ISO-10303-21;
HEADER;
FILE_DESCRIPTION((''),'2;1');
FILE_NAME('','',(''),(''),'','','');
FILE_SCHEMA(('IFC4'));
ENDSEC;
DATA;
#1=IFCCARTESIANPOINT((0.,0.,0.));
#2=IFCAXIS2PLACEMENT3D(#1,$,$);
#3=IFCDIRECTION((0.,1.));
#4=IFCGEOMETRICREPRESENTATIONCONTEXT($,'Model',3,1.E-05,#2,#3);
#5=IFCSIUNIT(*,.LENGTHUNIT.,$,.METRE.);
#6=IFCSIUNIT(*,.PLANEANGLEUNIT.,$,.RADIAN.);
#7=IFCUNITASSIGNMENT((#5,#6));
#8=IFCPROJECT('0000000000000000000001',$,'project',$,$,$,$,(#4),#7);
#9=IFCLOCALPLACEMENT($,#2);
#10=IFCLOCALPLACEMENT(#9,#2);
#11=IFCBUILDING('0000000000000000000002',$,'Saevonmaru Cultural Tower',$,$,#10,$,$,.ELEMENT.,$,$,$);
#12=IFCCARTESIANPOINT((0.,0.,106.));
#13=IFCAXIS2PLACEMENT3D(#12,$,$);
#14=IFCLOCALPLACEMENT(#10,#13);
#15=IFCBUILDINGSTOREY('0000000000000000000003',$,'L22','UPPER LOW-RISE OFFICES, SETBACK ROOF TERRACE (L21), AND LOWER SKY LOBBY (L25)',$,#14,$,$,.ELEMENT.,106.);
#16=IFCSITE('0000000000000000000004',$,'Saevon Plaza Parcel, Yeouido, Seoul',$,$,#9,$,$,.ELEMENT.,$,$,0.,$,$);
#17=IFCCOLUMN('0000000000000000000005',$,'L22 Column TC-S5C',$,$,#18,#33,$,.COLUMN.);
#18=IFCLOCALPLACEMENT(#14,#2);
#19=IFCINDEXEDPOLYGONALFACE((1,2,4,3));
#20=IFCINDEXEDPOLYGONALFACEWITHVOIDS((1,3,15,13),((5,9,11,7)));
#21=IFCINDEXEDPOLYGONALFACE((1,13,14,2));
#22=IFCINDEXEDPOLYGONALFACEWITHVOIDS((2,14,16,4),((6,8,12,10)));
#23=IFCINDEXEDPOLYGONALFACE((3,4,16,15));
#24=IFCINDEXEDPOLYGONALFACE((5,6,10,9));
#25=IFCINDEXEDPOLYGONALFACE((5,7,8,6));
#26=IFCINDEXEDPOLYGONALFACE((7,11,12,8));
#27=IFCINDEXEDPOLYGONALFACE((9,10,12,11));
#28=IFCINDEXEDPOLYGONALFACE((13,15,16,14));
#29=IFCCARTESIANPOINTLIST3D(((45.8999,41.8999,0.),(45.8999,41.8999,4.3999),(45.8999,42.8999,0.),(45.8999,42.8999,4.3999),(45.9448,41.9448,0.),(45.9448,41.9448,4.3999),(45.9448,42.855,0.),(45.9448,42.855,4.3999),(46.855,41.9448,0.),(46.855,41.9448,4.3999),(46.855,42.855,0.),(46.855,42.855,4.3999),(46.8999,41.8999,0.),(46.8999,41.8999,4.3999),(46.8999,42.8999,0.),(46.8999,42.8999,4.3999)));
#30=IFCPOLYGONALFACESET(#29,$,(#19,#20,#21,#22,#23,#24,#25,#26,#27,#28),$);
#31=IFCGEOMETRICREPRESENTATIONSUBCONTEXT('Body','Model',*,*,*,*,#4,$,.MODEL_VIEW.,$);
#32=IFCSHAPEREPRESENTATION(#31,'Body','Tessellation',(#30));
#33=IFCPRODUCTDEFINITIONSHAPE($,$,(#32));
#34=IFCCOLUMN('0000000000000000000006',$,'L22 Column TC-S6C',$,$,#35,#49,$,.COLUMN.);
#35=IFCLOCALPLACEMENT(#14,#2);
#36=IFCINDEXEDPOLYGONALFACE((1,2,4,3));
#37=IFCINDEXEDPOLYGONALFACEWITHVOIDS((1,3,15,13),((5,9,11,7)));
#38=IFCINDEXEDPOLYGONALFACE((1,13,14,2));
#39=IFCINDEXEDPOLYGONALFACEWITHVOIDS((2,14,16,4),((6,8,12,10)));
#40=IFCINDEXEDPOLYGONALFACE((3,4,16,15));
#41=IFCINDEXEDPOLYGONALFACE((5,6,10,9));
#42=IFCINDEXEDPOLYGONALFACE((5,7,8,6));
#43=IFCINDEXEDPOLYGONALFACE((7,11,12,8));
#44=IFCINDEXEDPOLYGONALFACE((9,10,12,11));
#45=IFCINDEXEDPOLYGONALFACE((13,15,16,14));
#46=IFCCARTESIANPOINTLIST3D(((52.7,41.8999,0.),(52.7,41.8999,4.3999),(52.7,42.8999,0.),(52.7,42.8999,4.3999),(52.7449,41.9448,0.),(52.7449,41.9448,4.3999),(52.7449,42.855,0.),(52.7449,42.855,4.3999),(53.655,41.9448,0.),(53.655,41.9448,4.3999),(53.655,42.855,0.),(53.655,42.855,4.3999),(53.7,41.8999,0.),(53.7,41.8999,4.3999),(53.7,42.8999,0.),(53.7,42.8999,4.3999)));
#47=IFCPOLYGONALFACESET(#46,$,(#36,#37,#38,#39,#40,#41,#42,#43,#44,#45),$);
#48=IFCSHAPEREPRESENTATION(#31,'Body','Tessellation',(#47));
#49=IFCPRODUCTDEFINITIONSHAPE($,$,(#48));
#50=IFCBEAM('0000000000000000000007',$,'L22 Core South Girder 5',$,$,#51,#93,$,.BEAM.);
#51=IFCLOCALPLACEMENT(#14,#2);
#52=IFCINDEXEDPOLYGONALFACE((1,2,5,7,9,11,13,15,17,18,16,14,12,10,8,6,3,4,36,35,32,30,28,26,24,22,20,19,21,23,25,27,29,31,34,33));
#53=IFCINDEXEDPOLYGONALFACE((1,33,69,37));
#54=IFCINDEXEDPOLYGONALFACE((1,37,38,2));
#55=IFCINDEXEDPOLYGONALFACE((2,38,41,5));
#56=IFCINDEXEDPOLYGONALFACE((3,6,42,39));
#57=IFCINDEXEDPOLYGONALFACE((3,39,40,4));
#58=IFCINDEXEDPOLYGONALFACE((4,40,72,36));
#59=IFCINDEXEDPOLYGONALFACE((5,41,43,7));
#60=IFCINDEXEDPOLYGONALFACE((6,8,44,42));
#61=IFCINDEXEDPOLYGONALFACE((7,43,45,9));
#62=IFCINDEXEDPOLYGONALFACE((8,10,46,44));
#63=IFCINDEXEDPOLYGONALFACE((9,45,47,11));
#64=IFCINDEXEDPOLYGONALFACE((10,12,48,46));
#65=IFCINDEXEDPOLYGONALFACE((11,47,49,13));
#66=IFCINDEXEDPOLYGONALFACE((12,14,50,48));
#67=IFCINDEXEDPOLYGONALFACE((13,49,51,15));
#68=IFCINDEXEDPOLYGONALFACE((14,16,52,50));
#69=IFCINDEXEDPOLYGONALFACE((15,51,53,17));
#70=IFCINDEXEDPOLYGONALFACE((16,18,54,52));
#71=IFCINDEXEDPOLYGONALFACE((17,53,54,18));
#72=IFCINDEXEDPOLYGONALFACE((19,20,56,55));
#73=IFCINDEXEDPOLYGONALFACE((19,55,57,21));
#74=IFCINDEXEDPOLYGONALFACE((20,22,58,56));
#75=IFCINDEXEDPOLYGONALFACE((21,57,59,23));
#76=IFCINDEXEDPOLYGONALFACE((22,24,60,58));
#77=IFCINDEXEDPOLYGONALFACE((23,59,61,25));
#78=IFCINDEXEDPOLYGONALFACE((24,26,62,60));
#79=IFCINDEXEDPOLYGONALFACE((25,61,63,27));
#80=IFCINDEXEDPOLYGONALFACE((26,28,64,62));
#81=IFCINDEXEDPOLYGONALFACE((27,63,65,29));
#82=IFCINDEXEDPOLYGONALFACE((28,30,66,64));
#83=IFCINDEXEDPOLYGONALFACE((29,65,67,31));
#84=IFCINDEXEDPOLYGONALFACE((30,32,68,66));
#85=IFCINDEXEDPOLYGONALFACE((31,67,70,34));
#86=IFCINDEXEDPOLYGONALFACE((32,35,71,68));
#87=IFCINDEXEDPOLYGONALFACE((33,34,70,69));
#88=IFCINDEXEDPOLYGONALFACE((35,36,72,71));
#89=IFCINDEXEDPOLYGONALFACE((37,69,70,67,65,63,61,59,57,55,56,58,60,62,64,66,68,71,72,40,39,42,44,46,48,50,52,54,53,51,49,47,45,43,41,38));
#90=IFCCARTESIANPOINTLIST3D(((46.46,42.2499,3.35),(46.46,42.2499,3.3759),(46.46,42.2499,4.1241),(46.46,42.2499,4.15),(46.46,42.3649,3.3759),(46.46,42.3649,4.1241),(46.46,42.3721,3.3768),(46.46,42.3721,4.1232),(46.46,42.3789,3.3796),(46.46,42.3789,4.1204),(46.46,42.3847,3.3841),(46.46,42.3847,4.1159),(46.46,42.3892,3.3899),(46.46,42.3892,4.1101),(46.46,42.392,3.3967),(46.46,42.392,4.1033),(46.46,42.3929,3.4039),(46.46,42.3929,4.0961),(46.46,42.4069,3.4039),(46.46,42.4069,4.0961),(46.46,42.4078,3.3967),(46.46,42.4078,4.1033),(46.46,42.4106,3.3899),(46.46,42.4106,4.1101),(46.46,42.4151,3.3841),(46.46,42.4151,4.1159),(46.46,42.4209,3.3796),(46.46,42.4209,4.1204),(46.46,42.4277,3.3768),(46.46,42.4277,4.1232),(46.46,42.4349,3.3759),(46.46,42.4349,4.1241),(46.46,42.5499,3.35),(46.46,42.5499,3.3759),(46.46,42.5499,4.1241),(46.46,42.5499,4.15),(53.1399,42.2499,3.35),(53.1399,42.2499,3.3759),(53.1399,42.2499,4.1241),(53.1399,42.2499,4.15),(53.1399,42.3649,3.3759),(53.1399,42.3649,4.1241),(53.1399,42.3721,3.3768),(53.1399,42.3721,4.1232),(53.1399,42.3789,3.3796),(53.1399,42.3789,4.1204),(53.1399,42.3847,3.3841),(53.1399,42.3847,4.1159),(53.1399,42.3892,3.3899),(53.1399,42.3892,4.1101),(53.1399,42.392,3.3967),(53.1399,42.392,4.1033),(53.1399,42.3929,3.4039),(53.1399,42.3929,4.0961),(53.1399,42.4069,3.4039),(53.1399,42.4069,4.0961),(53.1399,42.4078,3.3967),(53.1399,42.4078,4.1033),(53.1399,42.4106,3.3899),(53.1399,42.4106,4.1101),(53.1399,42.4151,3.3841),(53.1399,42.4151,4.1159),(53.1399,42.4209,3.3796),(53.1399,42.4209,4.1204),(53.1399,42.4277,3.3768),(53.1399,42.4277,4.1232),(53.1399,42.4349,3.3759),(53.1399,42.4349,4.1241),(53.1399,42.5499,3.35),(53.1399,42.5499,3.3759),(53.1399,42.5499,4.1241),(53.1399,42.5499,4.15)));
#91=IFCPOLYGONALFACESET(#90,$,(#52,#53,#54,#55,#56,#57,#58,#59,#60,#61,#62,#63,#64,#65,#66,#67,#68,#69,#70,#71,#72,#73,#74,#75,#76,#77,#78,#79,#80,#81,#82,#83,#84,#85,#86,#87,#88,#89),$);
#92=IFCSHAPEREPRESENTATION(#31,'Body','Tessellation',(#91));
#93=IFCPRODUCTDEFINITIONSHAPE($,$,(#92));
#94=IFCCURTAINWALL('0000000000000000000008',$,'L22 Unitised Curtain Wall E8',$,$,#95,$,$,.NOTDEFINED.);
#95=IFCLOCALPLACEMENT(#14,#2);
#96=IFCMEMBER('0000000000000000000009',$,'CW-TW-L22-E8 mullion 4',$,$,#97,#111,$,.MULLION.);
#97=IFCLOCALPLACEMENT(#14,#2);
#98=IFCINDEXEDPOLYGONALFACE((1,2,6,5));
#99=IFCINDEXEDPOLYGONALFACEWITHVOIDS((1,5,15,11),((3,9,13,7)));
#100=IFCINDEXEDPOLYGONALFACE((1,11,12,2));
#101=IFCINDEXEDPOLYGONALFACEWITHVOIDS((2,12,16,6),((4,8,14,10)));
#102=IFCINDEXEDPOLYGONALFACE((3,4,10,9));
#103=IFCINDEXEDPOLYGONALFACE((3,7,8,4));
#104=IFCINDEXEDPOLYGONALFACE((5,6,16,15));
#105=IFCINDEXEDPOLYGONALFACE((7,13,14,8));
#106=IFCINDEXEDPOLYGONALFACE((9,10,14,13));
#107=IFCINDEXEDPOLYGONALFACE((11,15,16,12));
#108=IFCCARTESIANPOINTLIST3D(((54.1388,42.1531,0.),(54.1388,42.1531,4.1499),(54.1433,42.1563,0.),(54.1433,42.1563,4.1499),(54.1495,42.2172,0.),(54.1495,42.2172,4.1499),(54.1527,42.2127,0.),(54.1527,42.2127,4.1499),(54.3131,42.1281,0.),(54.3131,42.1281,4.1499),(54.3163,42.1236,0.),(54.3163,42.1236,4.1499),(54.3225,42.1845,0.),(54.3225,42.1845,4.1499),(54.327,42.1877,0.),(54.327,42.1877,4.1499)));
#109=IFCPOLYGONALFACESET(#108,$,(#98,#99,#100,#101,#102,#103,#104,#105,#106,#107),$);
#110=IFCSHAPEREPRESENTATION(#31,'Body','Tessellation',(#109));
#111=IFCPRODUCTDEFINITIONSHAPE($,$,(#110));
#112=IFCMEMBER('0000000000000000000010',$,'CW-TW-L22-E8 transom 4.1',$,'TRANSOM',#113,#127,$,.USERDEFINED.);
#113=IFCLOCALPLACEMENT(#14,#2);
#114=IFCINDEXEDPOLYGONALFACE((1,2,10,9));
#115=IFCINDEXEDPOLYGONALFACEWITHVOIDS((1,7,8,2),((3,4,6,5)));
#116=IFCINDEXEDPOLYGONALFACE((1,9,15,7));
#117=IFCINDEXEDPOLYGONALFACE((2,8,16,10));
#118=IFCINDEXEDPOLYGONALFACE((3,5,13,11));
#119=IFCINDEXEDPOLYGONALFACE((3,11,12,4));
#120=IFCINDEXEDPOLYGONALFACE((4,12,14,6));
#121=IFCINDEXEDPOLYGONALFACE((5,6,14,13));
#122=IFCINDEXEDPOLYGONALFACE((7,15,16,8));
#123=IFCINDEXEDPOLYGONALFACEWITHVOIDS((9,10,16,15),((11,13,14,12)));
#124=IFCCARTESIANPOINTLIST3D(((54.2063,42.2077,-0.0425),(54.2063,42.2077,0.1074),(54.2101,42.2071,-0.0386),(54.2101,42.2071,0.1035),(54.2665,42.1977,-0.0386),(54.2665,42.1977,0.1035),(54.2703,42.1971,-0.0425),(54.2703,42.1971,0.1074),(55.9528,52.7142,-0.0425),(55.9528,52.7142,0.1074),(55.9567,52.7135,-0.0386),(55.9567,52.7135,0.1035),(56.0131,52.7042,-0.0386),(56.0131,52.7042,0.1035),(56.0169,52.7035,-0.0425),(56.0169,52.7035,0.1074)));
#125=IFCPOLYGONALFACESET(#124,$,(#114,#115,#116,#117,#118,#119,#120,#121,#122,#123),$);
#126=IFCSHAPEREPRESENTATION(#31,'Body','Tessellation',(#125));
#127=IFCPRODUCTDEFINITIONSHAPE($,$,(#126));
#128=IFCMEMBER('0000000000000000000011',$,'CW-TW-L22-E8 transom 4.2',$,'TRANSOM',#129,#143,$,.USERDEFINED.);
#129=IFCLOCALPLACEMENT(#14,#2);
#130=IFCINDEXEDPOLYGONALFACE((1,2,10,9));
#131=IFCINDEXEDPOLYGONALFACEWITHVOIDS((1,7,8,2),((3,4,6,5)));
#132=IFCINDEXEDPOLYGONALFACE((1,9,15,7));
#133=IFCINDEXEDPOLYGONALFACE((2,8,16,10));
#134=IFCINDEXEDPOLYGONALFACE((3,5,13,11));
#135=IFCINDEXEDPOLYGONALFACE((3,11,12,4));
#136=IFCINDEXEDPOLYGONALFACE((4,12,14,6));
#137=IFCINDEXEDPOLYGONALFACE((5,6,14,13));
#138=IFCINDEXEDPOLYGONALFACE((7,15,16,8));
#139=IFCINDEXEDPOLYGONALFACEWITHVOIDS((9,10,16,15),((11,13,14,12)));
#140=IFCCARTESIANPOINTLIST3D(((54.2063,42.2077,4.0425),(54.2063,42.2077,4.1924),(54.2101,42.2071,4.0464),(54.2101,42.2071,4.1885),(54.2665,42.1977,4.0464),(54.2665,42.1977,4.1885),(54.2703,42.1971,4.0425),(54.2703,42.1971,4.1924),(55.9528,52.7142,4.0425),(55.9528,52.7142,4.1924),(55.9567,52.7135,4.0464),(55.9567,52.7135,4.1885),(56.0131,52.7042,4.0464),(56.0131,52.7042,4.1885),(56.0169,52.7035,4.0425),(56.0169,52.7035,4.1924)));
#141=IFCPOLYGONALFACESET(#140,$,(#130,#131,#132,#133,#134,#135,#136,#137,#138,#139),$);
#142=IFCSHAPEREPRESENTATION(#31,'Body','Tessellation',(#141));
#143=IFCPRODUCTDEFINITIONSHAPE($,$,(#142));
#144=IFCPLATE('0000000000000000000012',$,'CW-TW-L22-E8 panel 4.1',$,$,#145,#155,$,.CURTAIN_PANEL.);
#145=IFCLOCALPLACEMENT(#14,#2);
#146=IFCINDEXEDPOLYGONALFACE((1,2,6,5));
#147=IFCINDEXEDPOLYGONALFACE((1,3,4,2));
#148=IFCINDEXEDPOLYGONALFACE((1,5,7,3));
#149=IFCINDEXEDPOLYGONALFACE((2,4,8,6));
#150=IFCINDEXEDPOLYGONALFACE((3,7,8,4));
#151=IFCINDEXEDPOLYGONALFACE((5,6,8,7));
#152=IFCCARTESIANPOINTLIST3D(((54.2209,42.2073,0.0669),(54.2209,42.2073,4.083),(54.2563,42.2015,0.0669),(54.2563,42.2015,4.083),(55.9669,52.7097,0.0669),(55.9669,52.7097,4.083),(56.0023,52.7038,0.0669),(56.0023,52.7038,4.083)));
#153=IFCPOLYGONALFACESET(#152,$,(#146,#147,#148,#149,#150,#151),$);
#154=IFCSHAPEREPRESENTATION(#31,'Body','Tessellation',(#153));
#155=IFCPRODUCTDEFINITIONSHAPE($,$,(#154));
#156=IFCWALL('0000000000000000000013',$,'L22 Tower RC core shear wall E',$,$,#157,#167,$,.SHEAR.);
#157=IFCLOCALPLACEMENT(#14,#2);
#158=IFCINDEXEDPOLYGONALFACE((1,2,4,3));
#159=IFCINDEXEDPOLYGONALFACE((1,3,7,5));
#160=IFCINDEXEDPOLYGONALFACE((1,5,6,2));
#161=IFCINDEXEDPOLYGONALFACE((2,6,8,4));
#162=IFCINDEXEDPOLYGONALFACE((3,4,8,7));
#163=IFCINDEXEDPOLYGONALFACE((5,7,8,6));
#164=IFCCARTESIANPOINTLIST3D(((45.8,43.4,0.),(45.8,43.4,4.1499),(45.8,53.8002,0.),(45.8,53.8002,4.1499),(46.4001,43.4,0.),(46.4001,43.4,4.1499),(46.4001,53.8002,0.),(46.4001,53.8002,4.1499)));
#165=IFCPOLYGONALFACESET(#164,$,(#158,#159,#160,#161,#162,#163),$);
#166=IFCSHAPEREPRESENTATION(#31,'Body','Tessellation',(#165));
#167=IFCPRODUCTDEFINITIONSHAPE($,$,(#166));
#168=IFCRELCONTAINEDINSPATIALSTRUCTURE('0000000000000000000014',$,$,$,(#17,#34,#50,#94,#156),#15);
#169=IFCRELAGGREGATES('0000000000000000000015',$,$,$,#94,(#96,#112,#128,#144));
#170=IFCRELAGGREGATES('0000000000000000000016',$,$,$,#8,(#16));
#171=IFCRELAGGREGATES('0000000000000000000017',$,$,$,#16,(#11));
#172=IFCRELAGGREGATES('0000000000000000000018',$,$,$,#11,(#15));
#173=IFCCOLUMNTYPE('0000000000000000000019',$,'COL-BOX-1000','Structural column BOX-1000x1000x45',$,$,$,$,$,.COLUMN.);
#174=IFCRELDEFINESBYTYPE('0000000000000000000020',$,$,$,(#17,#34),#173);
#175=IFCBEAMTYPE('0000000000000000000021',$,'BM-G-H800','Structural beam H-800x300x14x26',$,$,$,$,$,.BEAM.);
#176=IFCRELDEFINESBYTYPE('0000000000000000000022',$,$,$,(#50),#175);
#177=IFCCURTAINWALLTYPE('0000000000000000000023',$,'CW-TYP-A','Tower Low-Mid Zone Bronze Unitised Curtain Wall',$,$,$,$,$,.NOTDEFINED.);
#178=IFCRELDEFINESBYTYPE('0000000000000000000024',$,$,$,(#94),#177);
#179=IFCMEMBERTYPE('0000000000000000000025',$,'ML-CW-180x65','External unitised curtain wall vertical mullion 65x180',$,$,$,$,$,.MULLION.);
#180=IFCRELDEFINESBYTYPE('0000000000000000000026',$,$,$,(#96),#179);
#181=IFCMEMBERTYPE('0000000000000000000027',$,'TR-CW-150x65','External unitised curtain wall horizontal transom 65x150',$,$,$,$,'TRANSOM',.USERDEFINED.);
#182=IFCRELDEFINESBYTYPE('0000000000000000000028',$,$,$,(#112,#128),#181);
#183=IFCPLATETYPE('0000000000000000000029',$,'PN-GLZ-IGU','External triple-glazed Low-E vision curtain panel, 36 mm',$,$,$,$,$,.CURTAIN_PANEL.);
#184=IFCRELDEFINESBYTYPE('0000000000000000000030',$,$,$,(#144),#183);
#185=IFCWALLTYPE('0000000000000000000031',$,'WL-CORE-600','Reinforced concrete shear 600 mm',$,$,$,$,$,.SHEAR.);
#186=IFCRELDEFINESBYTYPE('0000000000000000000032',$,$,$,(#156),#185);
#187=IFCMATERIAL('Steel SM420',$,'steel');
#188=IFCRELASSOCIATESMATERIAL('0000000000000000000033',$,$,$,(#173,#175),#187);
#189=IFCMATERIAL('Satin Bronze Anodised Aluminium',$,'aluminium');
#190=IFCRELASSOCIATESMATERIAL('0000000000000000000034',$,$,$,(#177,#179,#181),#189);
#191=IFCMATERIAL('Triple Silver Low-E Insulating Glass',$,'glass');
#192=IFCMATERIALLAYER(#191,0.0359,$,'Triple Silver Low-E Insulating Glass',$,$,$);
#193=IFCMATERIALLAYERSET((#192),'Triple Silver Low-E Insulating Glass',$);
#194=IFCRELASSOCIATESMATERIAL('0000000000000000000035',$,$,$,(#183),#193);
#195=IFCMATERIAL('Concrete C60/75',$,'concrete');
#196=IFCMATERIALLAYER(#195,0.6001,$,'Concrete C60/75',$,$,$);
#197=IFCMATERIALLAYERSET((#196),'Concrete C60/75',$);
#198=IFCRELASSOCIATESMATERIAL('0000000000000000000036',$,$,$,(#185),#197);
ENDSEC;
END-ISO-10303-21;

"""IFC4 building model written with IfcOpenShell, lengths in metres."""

from ifc_helpers import new_model, si_unit, direction, frame, frame_2d, origin, origin_2d, place, context, subcontext, project, spatial, rectangle, hollow_rectangle, i_section, extrude, material, layer, layer_set, material_profile, profile_set, type_object, element, aggregate, save


model = new_model("IFC4")

# Units and contexts
model_context = context("Model", 3, precision=1e-05, world=origin(), true_north=direction((0.0, 1.0)))
body_context = subcontext(model_context, "Body", "Model", "MODEL_VIEW")
ifc_project = project(units=[si_unit("LENGTHUNIT", "METRE"), si_unit("PLANEANGLEUNIT", "RADIAN")], contexts=[model_context])

# Site, building, storey
site_placement = place(None, origin())
site = spatial("IfcSite", under=ifc_project, at=site_placement, Name="Saevon Plaza Parcel, Yeouido, Seoul", CompositionType="ELEMENT", RefElevation=0.0)
building_placement = place(site_placement, origin())
building = spatial("IfcBuilding", under=site, at=building_placement, Name="Saevonmaru Cultural Tower", CompositionType="ELEMENT")
storey_placement = place(building_placement, frame((0.0, 0.0, 106.0)))
storey = spatial("IfcBuildingStorey", under=building, at=storey_placement, Name="L22", Description="UPPER LOW-RISE OFFICES, SETBACK ROOF TERRACE (L21), AND LOWER SKY LOBBY (L25)", CompositionType="ELEMENT", Elevation=106.0)

# Columns
ifc_material_1 = material(Name="Steel SM420", Category="steel")
ifc_material_profile_1 = material_profile(ifc_material_1, hollow_rectangle(XDim=1.0, YDim=1.0, WallThickness=0.0449, at=origin_2d()), Name="BOX-1000x1000x45")
ifc_profile_set_1 = profile_set([ifc_material_profile_1], Name="Steel SM420")
column_type = type_object("IfcColumnType", Name="COL-BOX-1000", Description="Structural column BOX-1000x1000x45", PredefinedType="COLUMN", material=ifc_profile_set_1)
for number, where, z_axis, x_axis, name in (
    (1, (46.3999, 42.3999, 0.0), (0.0, 0.0, 1.0), (1.0, 0.0, 0.0), "L22 Column TC-S5C"),
    (2, (53.2, 42.3999, 0.0), (0.0, 0.0, 1.0), (1.0, 0.0, 0.0), "L22 Column TC-S6C"),
):
    element("IfcColumn", number, at=place(storey_placement, frame(where, z_axis=z_axis, x_axis=x_axis)), inside=storey, type_object=column_type, Name=name, PredefinedType="COLUMN", context=body_context, shape_type="SweptSolid", body=[
        extrude(hollow_rectangle(XDim=1.0, YDim=1.0, WallThickness=0.0449, at=origin_2d()), origin(), (0.0, 0.0, 1.0), 4.3999),
    ])

# Beam
ifc_material_profile_2 = material_profile(ifc_material_1, i_section(OverallWidth=0.3, OverallDepth=0.8, WebThickness=0.0139, FlangeThickness=0.0259, FilletRadius=0.0281, at=origin_2d()), Name="H-800x300x14x26")
ifc_profile_set_2 = profile_set([ifc_material_profile_2], Name="Steel SM420")
beam_type = type_object("IfcBeamType", Name="BM-G-H800", Description="Structural beam H-800x300x14x26", PredefinedType="BEAM", material=ifc_profile_set_2)
beam_placement = place(storey_placement, frame((46.46, 42.3999, 3.75), z_axis=(1.0, 0.0, 0.0), x_axis=(0.0, 1.0, 0.0)))
element("IfcBeam", 3, at=beam_placement, inside=storey, type_object=beam_type, Name="L22 Core South Girder 5", PredefinedType="BEAM", context=body_context, shape_type="SweptSolid", body=[
    extrude(i_section(OverallWidth=0.3, OverallDepth=0.8, WebThickness=0.0139, FlangeThickness=0.0259, FilletRadius=0.0281, at=origin_2d()), origin(), (0.0, 0.0, 1.0), 6.6799),
])

# Curtain wall, members, plate
ifc_material_2 = material(Name="Satin Bronze Anodised Aluminium", Category="aluminium")
curtain_wall_type = type_object("IfcCurtainWallType", Name="CW-TYP-A", Description="Tower Low-Mid Zone Bronze Unitised Curtain Wall", PredefinedType="NOTDEFINED", material=ifc_material_2)
curtain_wall_placement = place(storey_placement, origin())
curtain_wall = element("IfcCurtainWall", 4, at=curtain_wall_placement, inside=storey, type_object=curtain_wall_type, Name="L22 Unitised Curtain Wall E8", PredefinedType="NOTDEFINED")
ifc_material_profile_3 = material_profile(ifc_material_2, hollow_rectangle(XDim=0.0649, YDim=0.1799, WallThickness=0.0039, at=origin_2d()), Name="ALU-MULL-180x65x4")
ifc_profile_set_3 = profile_set([ifc_material_profile_3], Name="Satin Bronze Anodised Aluminium")
member_type_1 = type_object("IfcMemberType", Name="ML-CW-180x65", Description="External unitised curtain wall vertical mullion 65x180", PredefinedType="MULLION", material=ifc_profile_set_3)
member_1_placement = place(storey_placement, frame((54.2329, 42.1704, 0.0), z_axis=(0.0, 0.0, 1.0), x_axis=(0.163999, 0.986461, 0.0)))
member_1 = element("IfcMember", 5, at=member_1_placement, type_object=member_type_1, Name="CW-TW-L22-E8 mullion 4", PredefinedType="MULLION", context=body_context, shape_type="SweptSolid", body=[
    extrude(hollow_rectangle(XDim=0.0649, YDim=0.1799, WallThickness=0.0039, at=origin_2d()), origin(), (0.0, 0.0, 1.0), 4.1499),
])
ifc_material_profile_4 = material_profile(ifc_material_2, hollow_rectangle(XDim=0.0649, YDim=0.1499, WallThickness=0.0039, at=origin_2d()), Name="ALU-TRAN-150x65x4")
ifc_profile_set_4 = profile_set([ifc_material_profile_4], Name="Satin Bronze Anodised Aluminium")
member_type_2 = type_object("IfcMemberType", Name="TR-CW-150x65", Description="External unitised curtain wall horizontal transom 65x150", ElementType="TRANSOM", PredefinedType="USERDEFINED", material=ifc_profile_set_4)
member_2_placement = place(storey_placement, frame((54.2383, 42.2024, 0.0325), z_axis=(0.16399, 0.986462, 0.0), x_axis=(-0.986462, 0.16399, 0.0)))
member_2 = element("IfcMember", 6, at=member_2_placement, type_object=member_type_2, Name="CW-TW-L22-E8 transom 4.1", ObjectType="TRANSOM", PredefinedType="USERDEFINED", context=body_context, shape_type="SweptSolid", body=[
    extrude(hollow_rectangle(XDim=0.0649, YDim=0.1499, WallThickness=0.0039, at=origin_2d()), origin(), (0.0, 0.0, 1.0), 10.6506),
])
member_3_placement = place(storey_placement, frame((54.2383, 42.2024, 4.1174), z_axis=(0.16399, 0.986462, 0.0), x_axis=(-0.986462, 0.16399, 0.0)))
member_3 = element("IfcMember", 7, at=member_3_placement, type_object=member_type_2, Name="CW-TW-L22-E8 transom 4.2", ObjectType="TRANSOM", PredefinedType="USERDEFINED", context=body_context, shape_type="SweptSolid", body=[
    extrude(hollow_rectangle(XDim=0.0649, YDim=0.1499, WallThickness=0.0039, at=origin_2d()), origin(), (0.0, 0.0, 1.0), 10.6506),
])
ifc_material_3 = material(Name="Triple Silver Low-E Insulating Glass", Category="glass")
ifc_layer_1 = layer(ifc_material_3, 0.0359, Name="Triple Silver Low-E Insulating Glass")
ifc_layer_set_1 = layer_set([ifc_layer_1], Name="Triple Silver Low-E Insulating Glass")
plate_type = type_object("IfcPlateType", Name="PN-GLZ-IGU", Description="External triple-glazed Low-E vision curtain panel, 36 mm", PredefinedType="CURTAIN_PANEL", material=ifc_layer_set_1)
plate_placement = place(storey_placement, frame((55.1116, 47.4556, 0.0669), z_axis=(0.0, 0.0, 1.0), x_axis=(0.163999, 0.986461, 0.0)))
plate = element("IfcPlate", 8, at=plate_placement, type_object=plate_type, Name="CW-TW-L22-E8 panel 4.1", PredefinedType="CURTAIN_PANEL", context=body_context, shape_type="SweptSolid", body=[
    extrude(rectangle(XDim=10.6465, YDim=0.0359, at=origin_2d()), origin(), (0.0, 0.0, 1.0), 4.0161),
])
aggregate(curtain_wall, [member_1, member_2, member_3, plate])

# Wall
ifc_material_4 = material(Name="Concrete C60/75", Category="concrete")
ifc_layer_2 = layer(ifc_material_4, 0.6001, Name="Concrete C60/75")
ifc_layer_set_2 = layer_set([ifc_layer_2], Name="Concrete C60/75")
wall_type_1 = type_object("IfcWallType", Name="WL-CORE-600", Description="Reinforced concrete shear 600 mm", PredefinedType="SHEAR", material=ifc_layer_set_2)
wall_1_placement = place(storey_placement, frame((46.1001, 43.3999, 0.0), z_axis=(0.0, 0.0, 1.0), x_axis=(0.0, 1.0, 0.0)))
element("IfcWall", 9, at=wall_1_placement, inside=storey, type_object=wall_type_1, Name="L22 Tower RC core shear wall E", PredefinedType="SHEAR", context=body_context, shape_type="SweptSolid", body=[
    extrude(rectangle(XDim=10.4001, YDim=0.6001, at=frame_2d((5.2002, 0.0))), origin(), (0.0, 0.0, 1.0), 4.1499),
])

save(model, "model.ifc")
